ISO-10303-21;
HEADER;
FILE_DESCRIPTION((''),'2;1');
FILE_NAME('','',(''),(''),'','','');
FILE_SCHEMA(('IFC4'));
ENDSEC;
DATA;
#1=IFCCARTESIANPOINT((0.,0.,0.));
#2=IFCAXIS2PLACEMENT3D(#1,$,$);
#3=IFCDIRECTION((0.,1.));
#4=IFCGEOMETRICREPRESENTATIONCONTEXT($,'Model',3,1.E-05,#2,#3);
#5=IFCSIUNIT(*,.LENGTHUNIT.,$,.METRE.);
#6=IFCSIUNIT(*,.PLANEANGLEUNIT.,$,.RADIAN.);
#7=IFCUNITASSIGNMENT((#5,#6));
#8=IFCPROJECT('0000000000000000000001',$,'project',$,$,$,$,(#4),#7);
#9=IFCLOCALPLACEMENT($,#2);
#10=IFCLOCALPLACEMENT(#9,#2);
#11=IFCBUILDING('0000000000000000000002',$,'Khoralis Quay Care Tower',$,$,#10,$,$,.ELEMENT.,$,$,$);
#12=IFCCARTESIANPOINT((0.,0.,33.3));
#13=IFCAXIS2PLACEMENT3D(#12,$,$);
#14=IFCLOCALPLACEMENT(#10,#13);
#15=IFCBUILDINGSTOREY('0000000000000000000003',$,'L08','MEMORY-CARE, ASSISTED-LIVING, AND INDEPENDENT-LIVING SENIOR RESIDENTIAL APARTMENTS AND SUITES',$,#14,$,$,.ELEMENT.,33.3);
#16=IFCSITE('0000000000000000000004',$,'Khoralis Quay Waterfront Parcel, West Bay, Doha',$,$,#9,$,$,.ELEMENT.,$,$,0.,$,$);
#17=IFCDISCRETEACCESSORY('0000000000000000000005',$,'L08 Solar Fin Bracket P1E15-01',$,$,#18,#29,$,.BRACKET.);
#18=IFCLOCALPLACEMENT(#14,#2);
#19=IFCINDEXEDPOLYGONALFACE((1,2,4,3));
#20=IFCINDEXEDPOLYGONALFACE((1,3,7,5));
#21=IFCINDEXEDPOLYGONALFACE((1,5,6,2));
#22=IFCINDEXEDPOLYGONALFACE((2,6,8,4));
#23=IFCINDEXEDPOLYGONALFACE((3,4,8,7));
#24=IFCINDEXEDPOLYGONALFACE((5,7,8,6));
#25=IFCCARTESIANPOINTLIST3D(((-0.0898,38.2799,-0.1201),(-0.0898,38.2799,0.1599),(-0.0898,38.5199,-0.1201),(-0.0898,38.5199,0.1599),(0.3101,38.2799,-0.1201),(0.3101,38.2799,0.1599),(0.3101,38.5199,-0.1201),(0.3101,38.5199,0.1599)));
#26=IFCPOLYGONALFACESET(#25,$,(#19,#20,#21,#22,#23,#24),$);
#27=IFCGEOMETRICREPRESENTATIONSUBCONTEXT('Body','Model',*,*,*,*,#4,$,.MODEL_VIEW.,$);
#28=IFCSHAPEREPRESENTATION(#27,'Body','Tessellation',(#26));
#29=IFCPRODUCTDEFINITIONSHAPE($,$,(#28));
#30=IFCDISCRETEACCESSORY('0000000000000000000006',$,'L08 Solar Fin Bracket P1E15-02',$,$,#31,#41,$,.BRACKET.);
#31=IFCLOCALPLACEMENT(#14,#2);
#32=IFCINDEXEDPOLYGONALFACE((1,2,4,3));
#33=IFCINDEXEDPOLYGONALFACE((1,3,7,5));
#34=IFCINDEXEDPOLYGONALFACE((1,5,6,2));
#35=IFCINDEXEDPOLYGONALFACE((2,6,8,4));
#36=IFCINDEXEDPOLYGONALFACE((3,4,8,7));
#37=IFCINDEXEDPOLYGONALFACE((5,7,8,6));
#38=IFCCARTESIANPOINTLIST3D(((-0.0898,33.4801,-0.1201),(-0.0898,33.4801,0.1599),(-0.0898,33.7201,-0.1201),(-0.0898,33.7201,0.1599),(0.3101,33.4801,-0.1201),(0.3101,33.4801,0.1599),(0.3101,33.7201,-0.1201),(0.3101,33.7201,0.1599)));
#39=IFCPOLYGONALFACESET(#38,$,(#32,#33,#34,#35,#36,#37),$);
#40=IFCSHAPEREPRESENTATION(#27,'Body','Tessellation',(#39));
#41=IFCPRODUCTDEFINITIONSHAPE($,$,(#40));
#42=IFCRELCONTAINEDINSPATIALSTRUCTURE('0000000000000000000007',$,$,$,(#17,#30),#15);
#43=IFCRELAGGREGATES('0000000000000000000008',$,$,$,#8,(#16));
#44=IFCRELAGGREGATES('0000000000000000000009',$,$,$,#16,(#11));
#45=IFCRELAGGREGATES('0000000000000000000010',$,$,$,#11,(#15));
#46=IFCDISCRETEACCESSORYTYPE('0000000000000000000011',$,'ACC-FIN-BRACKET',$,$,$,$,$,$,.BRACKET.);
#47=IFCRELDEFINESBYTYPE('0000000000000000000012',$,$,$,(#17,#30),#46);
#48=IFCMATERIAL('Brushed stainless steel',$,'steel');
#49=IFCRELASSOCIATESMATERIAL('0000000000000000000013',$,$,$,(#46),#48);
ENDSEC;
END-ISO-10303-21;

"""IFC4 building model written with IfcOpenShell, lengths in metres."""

from ifc_helpers import new_model, si_unit, direction, frame, origin, origin_2d, place, context, subcontext, project, spatial, rectangle, extrude, source, transform, mapped, material, type_object, element, save


model = new_model("IFC4")

# Units and contexts
model_context = context("Model", 3, precision=1e-05, world=origin(), true_north=direction((0.0, 1.0)))
body_context = subcontext(model_context, "Body", "Model", "MODEL_VIEW")
ifc_project = project(units=[si_unit("LENGTHUNIT", "METRE"), si_unit("PLANEANGLEUNIT", "RADIAN")], contexts=[model_context])

# Site, building, storey
site_placement = place(None, origin())
site = spatial("IfcSite", under=ifc_project, at=site_placement, Name="Khoralis Quay Waterfront Parcel, West Bay, Doha", CompositionType="ELEMENT", RefElevation=0.0)
building_placement = place(site_placement, origin())
building = spatial("IfcBuilding", under=site, at=building_placement, Name="Khoralis Quay Care Tower", CompositionType="ELEMENT")
storey_placement = place(building_placement, frame((0.0, 0.0, 33.3)))
storey = spatial("IfcBuildingStorey", under=building, at=storey_placement, Name="L08", Description="MEMORY-CARE, ASSISTED-LIVING, AND INDEPENDENT-LIVING SENIOR RESIDENTIAL APARTMENTS AND SUITES", CompositionType="ELEMENT", Elevation=33.3)

# Discrete accessories
ifc_material_1 = material(Name="Brushed stainless steel", Category="steel")
discrete_accessory_type = type_object("IfcDiscreteAccessoryType", Name="ACC-FIN-BRACKET", PredefinedType="BRACKET", material=ifc_material_1)
shared_shape_1 = source(origin(), body_context, "Body", "SweptSolid", [
    extrude(rectangle(XDim=0.3999, YDim=0.24, at=origin_2d()), origin(), (0.0, 0.0, 1.0), 0.28),
])
for number, where, z_axis, x_axis, name in (
    (1, (0.1101, 38.3999, -0.1201), (0.0, 0.0, 1.0), (-1.0, 0.0, 0.0), "L08 Solar Fin Bracket P1E15-01"),
    (2, (0.1101, 33.6001, -0.1201), (0.0, 0.0, 1.0), (-1.0, 0.0, 0.0), "L08 Solar Fin Bracket P1E15-02"),
):
    element("IfcDiscreteAccessory", number, at=place(storey_placement, frame(where, z_axis=z_axis, x_axis=x_axis)), inside=storey, type_object=discrete_accessory_type, Name=name, PredefinedType="BRACKET", context=body_context, shape_type="MappedRepresentation", body=[
        mapped(shared_shape_1, transform((0.0, 0.0, 0.0), scale=1.0)),
    ])

save(model, "model.ifc")
